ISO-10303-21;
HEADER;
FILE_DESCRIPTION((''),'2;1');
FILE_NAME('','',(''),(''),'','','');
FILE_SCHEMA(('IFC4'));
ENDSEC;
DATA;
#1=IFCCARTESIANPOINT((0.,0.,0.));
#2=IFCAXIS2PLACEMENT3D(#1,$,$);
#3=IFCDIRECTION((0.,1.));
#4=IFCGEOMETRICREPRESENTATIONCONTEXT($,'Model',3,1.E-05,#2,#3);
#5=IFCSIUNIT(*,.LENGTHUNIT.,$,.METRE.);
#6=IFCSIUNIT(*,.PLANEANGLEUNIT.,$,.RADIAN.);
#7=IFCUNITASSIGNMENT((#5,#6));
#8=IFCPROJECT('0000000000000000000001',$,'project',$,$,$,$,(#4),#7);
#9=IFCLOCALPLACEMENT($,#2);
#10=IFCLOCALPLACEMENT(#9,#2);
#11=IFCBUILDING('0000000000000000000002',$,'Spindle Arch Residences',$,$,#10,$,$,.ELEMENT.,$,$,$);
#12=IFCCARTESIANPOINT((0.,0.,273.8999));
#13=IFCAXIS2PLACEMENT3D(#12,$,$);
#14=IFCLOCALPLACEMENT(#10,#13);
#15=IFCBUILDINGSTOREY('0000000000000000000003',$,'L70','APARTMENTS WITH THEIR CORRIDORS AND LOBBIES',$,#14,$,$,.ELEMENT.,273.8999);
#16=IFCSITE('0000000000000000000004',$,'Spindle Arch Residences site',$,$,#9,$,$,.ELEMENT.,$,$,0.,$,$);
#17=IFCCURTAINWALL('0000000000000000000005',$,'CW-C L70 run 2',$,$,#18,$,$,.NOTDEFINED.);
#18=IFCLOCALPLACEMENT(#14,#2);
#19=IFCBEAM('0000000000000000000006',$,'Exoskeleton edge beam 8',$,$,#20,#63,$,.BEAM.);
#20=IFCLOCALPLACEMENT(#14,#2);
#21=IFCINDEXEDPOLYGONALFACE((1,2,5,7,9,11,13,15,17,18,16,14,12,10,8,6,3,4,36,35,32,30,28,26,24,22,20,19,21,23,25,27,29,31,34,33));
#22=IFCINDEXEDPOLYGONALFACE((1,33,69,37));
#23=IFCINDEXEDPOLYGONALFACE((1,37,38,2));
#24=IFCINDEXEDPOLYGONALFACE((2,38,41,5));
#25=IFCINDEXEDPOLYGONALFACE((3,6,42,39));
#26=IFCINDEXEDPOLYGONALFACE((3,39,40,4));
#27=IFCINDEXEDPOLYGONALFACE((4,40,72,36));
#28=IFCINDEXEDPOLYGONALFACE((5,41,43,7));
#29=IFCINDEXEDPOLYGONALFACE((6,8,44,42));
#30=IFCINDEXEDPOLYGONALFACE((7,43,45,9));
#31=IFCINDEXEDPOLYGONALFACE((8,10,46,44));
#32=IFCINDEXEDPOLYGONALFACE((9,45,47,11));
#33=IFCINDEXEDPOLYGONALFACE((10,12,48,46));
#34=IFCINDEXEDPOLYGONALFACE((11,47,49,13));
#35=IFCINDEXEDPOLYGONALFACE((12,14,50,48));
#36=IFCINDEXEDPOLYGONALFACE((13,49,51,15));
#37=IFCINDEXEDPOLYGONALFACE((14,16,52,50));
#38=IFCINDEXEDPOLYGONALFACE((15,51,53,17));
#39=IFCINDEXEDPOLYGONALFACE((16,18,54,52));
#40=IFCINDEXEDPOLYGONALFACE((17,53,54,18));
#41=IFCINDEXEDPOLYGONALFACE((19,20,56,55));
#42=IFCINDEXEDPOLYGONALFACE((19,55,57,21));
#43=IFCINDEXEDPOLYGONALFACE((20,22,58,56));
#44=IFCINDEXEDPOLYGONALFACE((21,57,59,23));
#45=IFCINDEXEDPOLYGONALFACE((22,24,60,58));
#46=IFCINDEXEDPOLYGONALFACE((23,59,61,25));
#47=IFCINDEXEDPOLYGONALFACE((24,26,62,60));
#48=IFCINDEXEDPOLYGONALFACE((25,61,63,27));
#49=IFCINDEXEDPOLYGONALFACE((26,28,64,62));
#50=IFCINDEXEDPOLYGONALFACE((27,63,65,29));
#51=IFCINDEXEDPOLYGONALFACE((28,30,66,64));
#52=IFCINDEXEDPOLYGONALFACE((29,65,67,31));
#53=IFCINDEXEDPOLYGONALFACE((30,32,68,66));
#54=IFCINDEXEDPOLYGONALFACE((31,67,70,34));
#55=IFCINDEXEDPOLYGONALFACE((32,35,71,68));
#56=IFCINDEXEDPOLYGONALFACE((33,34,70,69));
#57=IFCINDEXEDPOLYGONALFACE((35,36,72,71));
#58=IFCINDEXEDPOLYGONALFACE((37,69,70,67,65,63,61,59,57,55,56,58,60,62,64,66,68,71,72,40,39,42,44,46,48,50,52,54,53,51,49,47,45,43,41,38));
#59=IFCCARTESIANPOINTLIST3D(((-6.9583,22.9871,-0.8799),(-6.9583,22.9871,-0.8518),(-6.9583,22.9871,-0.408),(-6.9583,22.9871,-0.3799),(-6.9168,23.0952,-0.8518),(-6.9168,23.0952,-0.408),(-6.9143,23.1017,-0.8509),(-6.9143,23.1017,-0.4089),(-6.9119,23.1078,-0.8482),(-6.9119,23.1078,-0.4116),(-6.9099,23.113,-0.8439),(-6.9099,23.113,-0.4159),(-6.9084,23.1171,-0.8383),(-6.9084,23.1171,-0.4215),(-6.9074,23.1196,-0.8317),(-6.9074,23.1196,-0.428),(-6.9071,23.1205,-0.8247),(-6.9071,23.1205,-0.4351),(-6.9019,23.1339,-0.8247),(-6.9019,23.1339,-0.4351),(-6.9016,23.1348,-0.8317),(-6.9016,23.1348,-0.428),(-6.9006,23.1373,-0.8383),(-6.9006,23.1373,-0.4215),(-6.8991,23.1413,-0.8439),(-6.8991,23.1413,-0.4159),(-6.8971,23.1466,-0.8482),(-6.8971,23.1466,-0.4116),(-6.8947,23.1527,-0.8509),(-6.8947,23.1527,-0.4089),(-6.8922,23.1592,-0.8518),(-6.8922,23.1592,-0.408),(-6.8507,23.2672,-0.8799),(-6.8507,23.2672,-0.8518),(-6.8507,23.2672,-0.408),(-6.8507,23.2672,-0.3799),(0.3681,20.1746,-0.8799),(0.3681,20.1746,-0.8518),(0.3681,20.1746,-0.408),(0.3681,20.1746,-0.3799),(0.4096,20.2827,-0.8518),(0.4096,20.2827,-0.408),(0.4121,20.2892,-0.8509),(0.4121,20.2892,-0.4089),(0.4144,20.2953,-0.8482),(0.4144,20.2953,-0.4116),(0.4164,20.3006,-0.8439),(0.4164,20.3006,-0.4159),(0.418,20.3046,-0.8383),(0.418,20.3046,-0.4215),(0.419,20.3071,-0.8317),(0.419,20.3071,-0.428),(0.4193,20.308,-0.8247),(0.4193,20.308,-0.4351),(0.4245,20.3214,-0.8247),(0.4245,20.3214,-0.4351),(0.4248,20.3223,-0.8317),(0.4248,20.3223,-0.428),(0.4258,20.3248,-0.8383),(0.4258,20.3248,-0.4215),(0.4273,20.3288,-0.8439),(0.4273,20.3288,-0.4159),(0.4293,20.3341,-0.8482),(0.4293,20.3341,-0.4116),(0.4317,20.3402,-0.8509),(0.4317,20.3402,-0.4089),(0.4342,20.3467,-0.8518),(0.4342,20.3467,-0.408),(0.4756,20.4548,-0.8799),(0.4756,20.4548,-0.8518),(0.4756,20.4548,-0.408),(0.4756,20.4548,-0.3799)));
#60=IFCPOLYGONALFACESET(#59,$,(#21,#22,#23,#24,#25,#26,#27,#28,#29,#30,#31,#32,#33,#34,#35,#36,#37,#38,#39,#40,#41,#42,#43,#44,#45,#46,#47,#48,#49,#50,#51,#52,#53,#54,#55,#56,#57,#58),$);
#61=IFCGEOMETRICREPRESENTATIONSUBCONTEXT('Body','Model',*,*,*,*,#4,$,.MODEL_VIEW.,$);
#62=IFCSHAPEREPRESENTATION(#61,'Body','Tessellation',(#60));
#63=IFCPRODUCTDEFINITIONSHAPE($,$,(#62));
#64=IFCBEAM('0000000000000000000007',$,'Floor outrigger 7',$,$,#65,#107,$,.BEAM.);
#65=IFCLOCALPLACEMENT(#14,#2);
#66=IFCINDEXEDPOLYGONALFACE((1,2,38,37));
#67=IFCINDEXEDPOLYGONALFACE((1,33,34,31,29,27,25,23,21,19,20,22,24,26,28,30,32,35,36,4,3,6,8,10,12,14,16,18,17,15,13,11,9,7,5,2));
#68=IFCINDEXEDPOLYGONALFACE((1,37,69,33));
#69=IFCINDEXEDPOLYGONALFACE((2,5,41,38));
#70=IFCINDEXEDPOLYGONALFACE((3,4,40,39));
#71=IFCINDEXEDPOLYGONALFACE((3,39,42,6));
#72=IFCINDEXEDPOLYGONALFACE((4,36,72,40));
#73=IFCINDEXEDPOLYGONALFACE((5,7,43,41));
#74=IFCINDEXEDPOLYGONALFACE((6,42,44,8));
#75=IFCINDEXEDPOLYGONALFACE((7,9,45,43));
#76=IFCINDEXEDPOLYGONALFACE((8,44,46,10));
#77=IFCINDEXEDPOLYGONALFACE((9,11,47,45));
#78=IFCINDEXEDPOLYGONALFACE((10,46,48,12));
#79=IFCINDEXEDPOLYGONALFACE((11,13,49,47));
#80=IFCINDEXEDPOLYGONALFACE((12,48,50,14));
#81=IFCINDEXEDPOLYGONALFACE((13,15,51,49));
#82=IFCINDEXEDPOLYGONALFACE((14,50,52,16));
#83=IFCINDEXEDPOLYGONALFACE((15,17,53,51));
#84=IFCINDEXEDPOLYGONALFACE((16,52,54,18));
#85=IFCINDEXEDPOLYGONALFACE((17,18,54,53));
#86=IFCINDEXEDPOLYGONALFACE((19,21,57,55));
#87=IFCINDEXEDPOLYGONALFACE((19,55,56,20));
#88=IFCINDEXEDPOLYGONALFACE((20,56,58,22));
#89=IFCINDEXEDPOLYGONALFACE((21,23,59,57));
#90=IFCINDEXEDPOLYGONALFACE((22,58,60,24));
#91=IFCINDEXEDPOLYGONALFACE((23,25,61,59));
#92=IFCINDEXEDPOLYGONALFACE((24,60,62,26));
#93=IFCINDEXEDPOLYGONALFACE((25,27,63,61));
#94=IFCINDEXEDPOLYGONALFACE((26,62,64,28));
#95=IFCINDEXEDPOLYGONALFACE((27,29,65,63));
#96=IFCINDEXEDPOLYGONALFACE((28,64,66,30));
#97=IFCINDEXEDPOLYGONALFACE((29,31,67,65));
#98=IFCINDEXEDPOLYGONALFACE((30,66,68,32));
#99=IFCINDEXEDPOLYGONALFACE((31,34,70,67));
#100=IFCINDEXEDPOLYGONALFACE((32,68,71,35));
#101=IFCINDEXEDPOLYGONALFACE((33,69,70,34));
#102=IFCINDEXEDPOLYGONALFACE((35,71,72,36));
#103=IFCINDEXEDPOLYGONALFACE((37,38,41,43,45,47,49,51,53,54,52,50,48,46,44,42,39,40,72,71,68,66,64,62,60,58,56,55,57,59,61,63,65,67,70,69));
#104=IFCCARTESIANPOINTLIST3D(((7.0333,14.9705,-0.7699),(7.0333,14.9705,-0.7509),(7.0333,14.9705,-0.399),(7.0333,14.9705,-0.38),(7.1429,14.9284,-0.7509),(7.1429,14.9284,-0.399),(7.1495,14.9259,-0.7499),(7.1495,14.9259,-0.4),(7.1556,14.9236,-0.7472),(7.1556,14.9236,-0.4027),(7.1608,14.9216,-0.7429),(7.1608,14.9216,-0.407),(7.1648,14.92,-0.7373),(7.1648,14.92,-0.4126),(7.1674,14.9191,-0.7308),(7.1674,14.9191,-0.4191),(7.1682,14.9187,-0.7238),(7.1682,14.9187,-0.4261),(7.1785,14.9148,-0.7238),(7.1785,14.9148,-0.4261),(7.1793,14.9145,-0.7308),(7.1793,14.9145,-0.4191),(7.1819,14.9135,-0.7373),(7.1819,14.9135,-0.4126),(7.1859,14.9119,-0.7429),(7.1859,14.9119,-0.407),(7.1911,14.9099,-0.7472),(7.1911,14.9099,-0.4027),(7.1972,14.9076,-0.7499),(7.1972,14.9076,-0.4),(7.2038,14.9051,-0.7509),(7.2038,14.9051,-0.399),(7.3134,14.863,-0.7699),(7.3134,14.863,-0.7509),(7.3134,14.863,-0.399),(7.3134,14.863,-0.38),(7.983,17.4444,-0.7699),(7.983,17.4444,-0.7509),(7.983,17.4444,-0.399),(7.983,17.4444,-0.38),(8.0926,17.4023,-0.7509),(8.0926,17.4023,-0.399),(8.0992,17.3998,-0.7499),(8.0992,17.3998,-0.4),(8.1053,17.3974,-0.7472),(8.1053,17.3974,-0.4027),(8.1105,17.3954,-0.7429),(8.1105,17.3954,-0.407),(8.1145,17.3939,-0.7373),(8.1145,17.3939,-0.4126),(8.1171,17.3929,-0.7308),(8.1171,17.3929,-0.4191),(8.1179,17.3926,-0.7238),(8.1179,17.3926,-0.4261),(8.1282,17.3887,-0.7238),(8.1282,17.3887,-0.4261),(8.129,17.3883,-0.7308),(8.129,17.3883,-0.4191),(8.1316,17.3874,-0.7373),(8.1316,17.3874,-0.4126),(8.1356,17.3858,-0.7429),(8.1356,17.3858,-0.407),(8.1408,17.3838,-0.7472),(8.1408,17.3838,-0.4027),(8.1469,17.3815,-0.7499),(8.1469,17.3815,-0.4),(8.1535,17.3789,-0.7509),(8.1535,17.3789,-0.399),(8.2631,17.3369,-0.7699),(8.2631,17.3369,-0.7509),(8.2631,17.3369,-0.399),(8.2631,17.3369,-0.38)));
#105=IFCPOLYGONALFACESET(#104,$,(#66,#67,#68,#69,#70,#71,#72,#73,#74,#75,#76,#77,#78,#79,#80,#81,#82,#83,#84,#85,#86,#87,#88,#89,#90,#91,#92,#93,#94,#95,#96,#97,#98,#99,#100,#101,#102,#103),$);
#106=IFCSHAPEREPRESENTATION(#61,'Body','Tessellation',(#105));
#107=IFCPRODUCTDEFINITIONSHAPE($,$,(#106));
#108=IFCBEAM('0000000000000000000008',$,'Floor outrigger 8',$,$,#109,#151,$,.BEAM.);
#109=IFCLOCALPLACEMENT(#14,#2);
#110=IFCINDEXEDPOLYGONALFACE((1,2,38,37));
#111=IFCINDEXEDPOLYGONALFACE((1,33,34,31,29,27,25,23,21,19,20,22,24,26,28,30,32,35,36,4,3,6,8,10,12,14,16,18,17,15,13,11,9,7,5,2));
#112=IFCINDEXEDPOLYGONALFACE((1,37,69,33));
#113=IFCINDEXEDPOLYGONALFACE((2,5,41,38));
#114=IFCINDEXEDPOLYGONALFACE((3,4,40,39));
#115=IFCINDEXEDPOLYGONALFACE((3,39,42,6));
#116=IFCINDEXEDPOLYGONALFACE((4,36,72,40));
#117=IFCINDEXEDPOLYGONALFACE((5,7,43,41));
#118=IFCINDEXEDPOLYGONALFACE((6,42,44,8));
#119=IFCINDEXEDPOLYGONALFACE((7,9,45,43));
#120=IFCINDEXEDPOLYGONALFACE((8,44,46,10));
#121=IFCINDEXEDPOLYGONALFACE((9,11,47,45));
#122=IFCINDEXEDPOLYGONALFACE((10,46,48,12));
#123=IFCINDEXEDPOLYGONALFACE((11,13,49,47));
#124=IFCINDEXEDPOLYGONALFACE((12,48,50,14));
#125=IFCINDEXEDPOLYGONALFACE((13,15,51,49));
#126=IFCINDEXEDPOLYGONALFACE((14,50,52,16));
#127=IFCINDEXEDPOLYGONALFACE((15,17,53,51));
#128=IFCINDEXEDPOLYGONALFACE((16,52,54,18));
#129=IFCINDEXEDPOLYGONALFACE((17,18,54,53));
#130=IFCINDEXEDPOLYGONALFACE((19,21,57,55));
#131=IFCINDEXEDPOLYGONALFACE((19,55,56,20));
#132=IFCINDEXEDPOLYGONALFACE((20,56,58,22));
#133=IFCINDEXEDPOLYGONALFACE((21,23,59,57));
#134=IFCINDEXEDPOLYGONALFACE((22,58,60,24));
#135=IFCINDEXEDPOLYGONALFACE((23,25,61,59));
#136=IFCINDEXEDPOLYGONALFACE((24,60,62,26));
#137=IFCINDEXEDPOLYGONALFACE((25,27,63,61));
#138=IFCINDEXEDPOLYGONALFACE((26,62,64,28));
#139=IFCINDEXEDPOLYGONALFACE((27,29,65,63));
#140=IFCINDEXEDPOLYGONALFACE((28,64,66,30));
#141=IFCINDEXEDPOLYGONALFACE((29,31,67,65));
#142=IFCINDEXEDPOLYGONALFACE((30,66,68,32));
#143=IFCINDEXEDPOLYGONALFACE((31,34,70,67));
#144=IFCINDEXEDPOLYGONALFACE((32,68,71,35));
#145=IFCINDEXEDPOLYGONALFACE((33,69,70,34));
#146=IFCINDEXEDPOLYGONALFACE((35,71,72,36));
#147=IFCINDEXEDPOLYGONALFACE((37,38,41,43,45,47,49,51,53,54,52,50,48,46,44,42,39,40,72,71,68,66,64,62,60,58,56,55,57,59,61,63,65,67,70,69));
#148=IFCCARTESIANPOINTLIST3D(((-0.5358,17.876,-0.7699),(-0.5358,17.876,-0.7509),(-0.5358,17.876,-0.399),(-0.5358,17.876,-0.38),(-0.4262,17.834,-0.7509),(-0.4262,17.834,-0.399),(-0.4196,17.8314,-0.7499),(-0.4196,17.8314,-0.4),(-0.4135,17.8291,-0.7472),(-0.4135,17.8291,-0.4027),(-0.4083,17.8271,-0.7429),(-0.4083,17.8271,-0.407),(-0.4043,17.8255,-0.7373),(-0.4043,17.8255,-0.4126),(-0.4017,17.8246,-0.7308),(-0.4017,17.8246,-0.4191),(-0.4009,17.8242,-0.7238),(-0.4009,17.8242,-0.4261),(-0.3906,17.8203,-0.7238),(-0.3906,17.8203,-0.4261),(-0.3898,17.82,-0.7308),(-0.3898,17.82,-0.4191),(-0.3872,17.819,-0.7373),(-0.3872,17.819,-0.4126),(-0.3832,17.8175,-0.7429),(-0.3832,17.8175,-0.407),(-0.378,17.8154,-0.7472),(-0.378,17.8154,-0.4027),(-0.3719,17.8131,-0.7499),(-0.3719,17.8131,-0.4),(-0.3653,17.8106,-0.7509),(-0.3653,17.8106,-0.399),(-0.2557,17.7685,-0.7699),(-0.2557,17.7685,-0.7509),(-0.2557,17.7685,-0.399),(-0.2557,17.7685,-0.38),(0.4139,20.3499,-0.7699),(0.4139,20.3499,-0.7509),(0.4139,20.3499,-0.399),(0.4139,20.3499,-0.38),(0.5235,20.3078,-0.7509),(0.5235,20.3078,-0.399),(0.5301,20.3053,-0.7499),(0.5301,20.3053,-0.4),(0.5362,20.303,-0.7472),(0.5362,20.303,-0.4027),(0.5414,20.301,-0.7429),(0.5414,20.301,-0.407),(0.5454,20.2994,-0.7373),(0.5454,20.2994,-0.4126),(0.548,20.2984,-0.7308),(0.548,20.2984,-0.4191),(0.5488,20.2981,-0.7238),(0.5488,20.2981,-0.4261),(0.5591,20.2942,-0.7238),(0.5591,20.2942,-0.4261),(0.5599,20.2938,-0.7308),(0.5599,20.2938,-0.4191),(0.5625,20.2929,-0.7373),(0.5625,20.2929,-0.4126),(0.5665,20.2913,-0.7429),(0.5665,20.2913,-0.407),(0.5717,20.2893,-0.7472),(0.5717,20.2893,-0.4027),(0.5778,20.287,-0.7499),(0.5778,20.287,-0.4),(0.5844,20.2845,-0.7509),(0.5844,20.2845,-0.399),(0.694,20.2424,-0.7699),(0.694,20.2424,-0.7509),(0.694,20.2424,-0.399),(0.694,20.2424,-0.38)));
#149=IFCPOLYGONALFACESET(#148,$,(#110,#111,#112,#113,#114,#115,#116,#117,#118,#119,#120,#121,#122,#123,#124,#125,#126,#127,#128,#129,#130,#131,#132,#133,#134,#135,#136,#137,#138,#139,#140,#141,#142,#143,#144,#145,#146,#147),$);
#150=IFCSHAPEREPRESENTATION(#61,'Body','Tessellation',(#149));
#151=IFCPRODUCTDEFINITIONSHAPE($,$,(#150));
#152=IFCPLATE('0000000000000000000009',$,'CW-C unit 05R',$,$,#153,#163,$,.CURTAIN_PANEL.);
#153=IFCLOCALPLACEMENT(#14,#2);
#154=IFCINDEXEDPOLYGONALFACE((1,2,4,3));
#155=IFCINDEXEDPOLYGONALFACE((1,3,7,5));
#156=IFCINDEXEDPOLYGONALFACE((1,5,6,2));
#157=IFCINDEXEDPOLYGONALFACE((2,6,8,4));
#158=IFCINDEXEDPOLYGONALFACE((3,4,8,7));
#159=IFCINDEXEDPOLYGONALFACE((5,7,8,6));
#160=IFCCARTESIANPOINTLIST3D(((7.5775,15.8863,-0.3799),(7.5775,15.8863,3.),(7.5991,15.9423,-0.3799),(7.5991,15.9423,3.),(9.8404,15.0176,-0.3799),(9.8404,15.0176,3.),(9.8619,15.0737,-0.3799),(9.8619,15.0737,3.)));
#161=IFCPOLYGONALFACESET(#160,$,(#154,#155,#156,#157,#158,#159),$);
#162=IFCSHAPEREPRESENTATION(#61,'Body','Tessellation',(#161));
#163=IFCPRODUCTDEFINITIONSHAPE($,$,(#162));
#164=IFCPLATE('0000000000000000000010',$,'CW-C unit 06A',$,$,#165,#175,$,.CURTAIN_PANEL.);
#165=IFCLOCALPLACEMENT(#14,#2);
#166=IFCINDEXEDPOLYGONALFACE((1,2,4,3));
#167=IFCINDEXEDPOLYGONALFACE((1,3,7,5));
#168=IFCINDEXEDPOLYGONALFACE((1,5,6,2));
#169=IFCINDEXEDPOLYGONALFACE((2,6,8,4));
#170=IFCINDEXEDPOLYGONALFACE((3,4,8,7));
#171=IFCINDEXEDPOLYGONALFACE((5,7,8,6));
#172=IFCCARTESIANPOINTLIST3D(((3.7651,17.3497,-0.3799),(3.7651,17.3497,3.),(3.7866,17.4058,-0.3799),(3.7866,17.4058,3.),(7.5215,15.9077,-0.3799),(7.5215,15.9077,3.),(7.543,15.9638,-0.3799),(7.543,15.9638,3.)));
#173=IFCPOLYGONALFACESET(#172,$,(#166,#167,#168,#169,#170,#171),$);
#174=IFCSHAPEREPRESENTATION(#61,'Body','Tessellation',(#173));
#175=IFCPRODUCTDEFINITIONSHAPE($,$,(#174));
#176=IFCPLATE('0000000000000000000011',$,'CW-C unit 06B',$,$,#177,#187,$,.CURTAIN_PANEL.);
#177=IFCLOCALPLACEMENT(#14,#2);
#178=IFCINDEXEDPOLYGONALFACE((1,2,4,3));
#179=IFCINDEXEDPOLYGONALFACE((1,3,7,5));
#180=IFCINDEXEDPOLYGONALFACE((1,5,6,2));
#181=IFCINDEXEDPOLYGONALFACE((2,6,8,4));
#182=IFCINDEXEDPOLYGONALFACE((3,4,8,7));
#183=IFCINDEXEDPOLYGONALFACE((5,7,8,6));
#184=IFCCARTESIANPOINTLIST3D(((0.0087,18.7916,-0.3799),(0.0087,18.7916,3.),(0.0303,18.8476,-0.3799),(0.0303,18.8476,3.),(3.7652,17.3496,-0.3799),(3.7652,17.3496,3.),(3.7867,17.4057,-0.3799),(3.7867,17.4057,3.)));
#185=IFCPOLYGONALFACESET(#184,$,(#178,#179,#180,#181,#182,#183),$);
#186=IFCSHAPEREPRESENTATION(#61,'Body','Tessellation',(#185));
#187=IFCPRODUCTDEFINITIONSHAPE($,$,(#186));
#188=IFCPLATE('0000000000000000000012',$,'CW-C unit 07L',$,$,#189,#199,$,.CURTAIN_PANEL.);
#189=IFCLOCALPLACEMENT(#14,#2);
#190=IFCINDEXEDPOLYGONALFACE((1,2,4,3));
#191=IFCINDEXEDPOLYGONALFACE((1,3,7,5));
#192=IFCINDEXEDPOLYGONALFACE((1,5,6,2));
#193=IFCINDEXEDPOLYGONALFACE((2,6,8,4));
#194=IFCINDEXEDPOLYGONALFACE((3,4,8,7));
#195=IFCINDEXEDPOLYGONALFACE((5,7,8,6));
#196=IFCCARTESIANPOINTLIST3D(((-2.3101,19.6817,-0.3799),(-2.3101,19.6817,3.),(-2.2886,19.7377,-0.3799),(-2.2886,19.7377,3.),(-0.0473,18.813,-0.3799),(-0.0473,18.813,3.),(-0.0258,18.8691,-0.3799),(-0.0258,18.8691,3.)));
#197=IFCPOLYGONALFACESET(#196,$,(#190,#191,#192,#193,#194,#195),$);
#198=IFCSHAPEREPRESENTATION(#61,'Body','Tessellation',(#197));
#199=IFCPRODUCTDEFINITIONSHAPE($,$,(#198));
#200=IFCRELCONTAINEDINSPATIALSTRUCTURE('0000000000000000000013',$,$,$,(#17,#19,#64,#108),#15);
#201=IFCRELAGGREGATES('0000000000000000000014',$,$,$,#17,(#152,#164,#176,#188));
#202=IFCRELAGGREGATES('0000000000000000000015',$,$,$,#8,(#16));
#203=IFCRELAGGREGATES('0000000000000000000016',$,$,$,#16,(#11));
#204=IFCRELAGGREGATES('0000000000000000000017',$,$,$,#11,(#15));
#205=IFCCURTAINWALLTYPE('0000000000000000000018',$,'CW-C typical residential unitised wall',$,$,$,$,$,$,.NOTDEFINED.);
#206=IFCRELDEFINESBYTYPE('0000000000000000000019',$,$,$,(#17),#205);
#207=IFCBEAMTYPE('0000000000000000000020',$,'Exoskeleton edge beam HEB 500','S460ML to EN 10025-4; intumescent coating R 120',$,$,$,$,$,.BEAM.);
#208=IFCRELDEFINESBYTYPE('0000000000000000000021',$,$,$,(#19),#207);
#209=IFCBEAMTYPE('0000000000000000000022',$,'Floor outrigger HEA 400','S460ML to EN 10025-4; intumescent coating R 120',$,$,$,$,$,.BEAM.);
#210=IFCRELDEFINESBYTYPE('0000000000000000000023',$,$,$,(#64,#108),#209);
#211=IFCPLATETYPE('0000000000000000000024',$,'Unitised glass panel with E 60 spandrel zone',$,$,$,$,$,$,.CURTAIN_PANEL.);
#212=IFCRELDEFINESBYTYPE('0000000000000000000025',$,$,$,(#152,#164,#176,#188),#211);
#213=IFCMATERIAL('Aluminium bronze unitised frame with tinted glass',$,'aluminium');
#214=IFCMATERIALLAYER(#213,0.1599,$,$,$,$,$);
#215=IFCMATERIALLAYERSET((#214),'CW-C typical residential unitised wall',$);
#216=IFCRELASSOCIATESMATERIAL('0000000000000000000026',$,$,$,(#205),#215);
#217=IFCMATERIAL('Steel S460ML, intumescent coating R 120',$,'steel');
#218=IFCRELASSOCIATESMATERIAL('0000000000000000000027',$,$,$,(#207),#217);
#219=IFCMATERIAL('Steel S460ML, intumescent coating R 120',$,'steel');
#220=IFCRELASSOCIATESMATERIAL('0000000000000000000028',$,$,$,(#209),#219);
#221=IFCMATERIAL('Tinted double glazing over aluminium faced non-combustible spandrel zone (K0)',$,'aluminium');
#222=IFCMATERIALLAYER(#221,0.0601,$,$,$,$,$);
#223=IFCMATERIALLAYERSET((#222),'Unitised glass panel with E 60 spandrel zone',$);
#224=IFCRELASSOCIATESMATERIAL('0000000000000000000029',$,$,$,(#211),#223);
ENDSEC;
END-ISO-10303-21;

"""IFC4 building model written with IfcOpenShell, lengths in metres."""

from ifc_helpers import new_model, si_unit, direction, frame, origin, origin_2d, place, context, subcontext, project, spatial, rectangle, i_section, extrude, material, layer, layer_set, material_profile, profile_set, type_object, element, aggregate, save


model = new_model("IFC4")

# Units and contexts
model_context = context("Model", 3, precision=1e-05, world=origin(), true_north=direction((0.0, 1.0)))
body_context = subcontext(model_context, "Body", "Model", "MODEL_VIEW")
ifc_project = project(units=[si_unit("LENGTHUNIT", "METRE"), si_unit("PLANEANGLEUNIT", "RADIAN")], contexts=[model_context])

# Site, building, storey
site_placement = place(None, origin())
site = spatial("IfcSite", under=ifc_project, at=site_placement, Name="Spindle Arch Residences site", CompositionType="ELEMENT", RefElevation=0.0)
building_placement = place(site_placement, origin())
building = spatial("IfcBuilding", under=site, at=building_placement, Name="Spindle Arch Residences", CompositionType="ELEMENT")
storey_placement = place(building_placement, frame((0.0, 0.0, 273.8999)))
storey = spatial("IfcBuildingStorey", under=building, at=storey_placement, Name="L70", Description="APARTMENTS WITH THEIR CORRIDORS AND LOBBIES", CompositionType="ELEMENT", Elevation=273.8999)

# Curtain wall
ifc_material_1 = material(Name="Aluminium bronze unitised frame with tinted glass", Category="aluminium")
ifc_layer_1 = layer(ifc_material_1, 0.1599)
ifc_layer_set_1 = layer_set([ifc_layer_1], Name="CW-C typical residential unitised wall")
curtain_wall_type = type_object("IfcCurtainWallType", Name="CW-C typical residential unitised wall", PredefinedType="NOTDEFINED", material=ifc_layer_set_1)
curtain_wall_placement = place(storey_placement, origin())
curtain_wall = element("IfcCurtainWall", 1, at=curtain_wall_placement, inside=storey, type_object=curtain_wall_type, Name="CW-C L70 run 2", PredefinedType="NOTDEFINED")

# Beams
ifc_material_2 = material(Name="Steel S460ML, intumescent coating R 120", Category="steel")
ifc_material_profile_1 = material_profile(ifc_material_2, i_section(OverallWidth=0.3, OverallDepth=0.5, WebThickness=0.0144, FlangeThickness=0.0281, FilletRadius=0.0271, at=origin_2d()), Name="HEB 500")
ifc_profile_set_1 = profile_set([ifc_material_profile_1], Name="Steel S460ML, intumescent coating R 120")
beam_type_1 = type_object("IfcBeamType", Name="Exoskeleton edge beam HEB 500", Description="S460ML to EN 10025-4; intumescent coating R 120", PredefinedType="BEAM", material=ifc_profile_set_1)
for number, where, z_axis, x_axis, name in (
    (2, (0.4219, 20.3147, -0.6299), (-0.933574, 0.358385, 0.0), (-0.358385, -0.933574, 0.0), "Exoskeleton edge beam 8"),
):
    element("IfcBeam", number, at=place(storey_placement, frame(where, z_axis=z_axis, x_axis=x_axis)), inside=storey, type_object=beam_type_1, Name=name, PredefinedType="BEAM", context=body_context, shape_type="SweptSolid", body=[
        extrude(i_section(OverallWidth=0.3, OverallDepth=0.5, WebThickness=0.0144, FlangeThickness=0.0281, FilletRadius=0.0271, at=origin_2d()), origin(), (0.0, 0.0, 1.0), 7.8477),
    ])
ifc_material_3 = material(Name="Steel S460ML, intumescent coating R 120", Category="steel")
ifc_material_profile_2 = material_profile(ifc_material_3, i_section(OverallWidth=0.3, OverallDepth=0.3899, WebThickness=0.011, FlangeThickness=0.019, FilletRadius=0.0271, at=origin_2d()), Name="HEA 400")
ifc_profile_set_2 = profile_set([ifc_material_profile_2], Name="Steel S460ML, intumescent coating R 120")
beam_type_2 = type_object("IfcBeamType", Name="Floor outrigger HEA 400", Description="S460ML to EN 10025-4; intumescent coating R 120", PredefinedType="BEAM", material=ifc_profile_set_2)
for number, where, z_axis, x_axis, name in (
    (3, (8.123, 17.3906, -0.575), (-0.358392, -0.933571, 0.0), (0.933571, -0.358392, 0.0), "Floor outrigger 7"),
    (4, (0.554, 20.2961, -0.575), (-0.358392, -0.933571, 0.0), (0.933571, -0.358392, 0.0), "Floor outrigger 8"),
):
    element("IfcBeam", number, at=place(storey_placement, frame(where, z_axis=z_axis, x_axis=x_axis)), inside=storey, type_object=beam_type_2, Name=name, PredefinedType="BEAM", context=body_context, shape_type="SweptSolid", body=[
        extrude(i_section(OverallWidth=0.3, OverallDepth=0.3899, WebThickness=0.011, FlangeThickness=0.019, FilletRadius=0.0271, at=origin_2d()), origin(), (0.0, 0.0, 1.0), 2.6499),
    ])

# Plates
ifc_material_4 = material(Name="Tinted double glazing over aluminium faced non-combustible spandrel zone (K0)", Category="aluminium")
ifc_layer_2 = layer(ifc_material_4, 0.0601)
ifc_layer_set_2 = layer_set([ifc_layer_2], Name="Unitised glass panel with E 60 spandrel zone")
plate_type = type_object("IfcPlateType", Name="Unitised glass panel with E 60 spandrel zone", PredefinedType="CURTAIN_PANEL", material=ifc_layer_set_2)
plate_1_placement = place(storey_placement, frame((8.7197, 15.48, -0.3799), z_axis=(0.0, 0.0, 1.0), x_axis=(-0.93358, 0.358368, 0.0)))
plate_1 = element("IfcPlate", 5, at=plate_1_placement, type_object=plate_type, Name="CW-C unit 05R", PredefinedType="CURTAIN_PANEL", context=body_context, shape_type="SweptSolid", body=[
    extrude(rectangle(XDim=2.4238, YDim=0.0601, at=origin_2d()), origin(), (0.0, 0.0, 1.0), 3.3799),
])
plate_2_placement = place(storey_placement, frame((5.6541, 16.6567, -0.3799), z_axis=(0.0, 0.0, 1.0), x_axis=(-0.93358, 0.358368, 0.0)))
plate_2 = element("IfcPlate", 6, at=plate_2_placement, type_object=plate_type, Name="CW-C unit 06A", PredefinedType="CURTAIN_PANEL", context=body_context, shape_type="SweptSolid", body=[
    extrude(rectangle(XDim=4.0237, YDim=0.0601, at=origin_2d()), origin(), (0.0, 0.0, 1.0), 3.3799),
])
plate_3_placement = place(storey_placement, frame((1.8977, 18.0986, -0.3799), z_axis=(0.0, 0.0, 1.0), x_axis=(-0.93358, 0.358368, 0.0)))
plate_3 = element("IfcPlate", 7, at=plate_3_placement, type_object=plate_type, Name="CW-C unit 06B", PredefinedType="CURTAIN_PANEL", context=body_context, shape_type="SweptSolid", body=[
    extrude(rectangle(XDim=4.0237, YDim=0.0601, at=origin_2d()), origin(), (0.0, 0.0, 1.0), 3.3799),
])
plate_4_placement = place(storey_placement, frame((-1.168, 19.2754, -0.3799), z_axis=(0.0, 0.0, 1.0), x_axis=(-0.93358, 0.358368, 0.0)))
plate_4 = element("IfcPlate", 8, at=plate_4_placement, type_object=plate_type, Name="CW-C unit 07L", PredefinedType="CURTAIN_PANEL", context=body_context, shape_type="SweptSolid", body=[
    extrude(rectangle(XDim=2.4238, YDim=0.0601, at=origin_2d()), origin(), (0.0, 0.0, 1.0), 3.3799),
])
aggregate(curtain_wall, [plate_1, plate_2, plate_3, plate_4])

save(model, "model.ifc")
